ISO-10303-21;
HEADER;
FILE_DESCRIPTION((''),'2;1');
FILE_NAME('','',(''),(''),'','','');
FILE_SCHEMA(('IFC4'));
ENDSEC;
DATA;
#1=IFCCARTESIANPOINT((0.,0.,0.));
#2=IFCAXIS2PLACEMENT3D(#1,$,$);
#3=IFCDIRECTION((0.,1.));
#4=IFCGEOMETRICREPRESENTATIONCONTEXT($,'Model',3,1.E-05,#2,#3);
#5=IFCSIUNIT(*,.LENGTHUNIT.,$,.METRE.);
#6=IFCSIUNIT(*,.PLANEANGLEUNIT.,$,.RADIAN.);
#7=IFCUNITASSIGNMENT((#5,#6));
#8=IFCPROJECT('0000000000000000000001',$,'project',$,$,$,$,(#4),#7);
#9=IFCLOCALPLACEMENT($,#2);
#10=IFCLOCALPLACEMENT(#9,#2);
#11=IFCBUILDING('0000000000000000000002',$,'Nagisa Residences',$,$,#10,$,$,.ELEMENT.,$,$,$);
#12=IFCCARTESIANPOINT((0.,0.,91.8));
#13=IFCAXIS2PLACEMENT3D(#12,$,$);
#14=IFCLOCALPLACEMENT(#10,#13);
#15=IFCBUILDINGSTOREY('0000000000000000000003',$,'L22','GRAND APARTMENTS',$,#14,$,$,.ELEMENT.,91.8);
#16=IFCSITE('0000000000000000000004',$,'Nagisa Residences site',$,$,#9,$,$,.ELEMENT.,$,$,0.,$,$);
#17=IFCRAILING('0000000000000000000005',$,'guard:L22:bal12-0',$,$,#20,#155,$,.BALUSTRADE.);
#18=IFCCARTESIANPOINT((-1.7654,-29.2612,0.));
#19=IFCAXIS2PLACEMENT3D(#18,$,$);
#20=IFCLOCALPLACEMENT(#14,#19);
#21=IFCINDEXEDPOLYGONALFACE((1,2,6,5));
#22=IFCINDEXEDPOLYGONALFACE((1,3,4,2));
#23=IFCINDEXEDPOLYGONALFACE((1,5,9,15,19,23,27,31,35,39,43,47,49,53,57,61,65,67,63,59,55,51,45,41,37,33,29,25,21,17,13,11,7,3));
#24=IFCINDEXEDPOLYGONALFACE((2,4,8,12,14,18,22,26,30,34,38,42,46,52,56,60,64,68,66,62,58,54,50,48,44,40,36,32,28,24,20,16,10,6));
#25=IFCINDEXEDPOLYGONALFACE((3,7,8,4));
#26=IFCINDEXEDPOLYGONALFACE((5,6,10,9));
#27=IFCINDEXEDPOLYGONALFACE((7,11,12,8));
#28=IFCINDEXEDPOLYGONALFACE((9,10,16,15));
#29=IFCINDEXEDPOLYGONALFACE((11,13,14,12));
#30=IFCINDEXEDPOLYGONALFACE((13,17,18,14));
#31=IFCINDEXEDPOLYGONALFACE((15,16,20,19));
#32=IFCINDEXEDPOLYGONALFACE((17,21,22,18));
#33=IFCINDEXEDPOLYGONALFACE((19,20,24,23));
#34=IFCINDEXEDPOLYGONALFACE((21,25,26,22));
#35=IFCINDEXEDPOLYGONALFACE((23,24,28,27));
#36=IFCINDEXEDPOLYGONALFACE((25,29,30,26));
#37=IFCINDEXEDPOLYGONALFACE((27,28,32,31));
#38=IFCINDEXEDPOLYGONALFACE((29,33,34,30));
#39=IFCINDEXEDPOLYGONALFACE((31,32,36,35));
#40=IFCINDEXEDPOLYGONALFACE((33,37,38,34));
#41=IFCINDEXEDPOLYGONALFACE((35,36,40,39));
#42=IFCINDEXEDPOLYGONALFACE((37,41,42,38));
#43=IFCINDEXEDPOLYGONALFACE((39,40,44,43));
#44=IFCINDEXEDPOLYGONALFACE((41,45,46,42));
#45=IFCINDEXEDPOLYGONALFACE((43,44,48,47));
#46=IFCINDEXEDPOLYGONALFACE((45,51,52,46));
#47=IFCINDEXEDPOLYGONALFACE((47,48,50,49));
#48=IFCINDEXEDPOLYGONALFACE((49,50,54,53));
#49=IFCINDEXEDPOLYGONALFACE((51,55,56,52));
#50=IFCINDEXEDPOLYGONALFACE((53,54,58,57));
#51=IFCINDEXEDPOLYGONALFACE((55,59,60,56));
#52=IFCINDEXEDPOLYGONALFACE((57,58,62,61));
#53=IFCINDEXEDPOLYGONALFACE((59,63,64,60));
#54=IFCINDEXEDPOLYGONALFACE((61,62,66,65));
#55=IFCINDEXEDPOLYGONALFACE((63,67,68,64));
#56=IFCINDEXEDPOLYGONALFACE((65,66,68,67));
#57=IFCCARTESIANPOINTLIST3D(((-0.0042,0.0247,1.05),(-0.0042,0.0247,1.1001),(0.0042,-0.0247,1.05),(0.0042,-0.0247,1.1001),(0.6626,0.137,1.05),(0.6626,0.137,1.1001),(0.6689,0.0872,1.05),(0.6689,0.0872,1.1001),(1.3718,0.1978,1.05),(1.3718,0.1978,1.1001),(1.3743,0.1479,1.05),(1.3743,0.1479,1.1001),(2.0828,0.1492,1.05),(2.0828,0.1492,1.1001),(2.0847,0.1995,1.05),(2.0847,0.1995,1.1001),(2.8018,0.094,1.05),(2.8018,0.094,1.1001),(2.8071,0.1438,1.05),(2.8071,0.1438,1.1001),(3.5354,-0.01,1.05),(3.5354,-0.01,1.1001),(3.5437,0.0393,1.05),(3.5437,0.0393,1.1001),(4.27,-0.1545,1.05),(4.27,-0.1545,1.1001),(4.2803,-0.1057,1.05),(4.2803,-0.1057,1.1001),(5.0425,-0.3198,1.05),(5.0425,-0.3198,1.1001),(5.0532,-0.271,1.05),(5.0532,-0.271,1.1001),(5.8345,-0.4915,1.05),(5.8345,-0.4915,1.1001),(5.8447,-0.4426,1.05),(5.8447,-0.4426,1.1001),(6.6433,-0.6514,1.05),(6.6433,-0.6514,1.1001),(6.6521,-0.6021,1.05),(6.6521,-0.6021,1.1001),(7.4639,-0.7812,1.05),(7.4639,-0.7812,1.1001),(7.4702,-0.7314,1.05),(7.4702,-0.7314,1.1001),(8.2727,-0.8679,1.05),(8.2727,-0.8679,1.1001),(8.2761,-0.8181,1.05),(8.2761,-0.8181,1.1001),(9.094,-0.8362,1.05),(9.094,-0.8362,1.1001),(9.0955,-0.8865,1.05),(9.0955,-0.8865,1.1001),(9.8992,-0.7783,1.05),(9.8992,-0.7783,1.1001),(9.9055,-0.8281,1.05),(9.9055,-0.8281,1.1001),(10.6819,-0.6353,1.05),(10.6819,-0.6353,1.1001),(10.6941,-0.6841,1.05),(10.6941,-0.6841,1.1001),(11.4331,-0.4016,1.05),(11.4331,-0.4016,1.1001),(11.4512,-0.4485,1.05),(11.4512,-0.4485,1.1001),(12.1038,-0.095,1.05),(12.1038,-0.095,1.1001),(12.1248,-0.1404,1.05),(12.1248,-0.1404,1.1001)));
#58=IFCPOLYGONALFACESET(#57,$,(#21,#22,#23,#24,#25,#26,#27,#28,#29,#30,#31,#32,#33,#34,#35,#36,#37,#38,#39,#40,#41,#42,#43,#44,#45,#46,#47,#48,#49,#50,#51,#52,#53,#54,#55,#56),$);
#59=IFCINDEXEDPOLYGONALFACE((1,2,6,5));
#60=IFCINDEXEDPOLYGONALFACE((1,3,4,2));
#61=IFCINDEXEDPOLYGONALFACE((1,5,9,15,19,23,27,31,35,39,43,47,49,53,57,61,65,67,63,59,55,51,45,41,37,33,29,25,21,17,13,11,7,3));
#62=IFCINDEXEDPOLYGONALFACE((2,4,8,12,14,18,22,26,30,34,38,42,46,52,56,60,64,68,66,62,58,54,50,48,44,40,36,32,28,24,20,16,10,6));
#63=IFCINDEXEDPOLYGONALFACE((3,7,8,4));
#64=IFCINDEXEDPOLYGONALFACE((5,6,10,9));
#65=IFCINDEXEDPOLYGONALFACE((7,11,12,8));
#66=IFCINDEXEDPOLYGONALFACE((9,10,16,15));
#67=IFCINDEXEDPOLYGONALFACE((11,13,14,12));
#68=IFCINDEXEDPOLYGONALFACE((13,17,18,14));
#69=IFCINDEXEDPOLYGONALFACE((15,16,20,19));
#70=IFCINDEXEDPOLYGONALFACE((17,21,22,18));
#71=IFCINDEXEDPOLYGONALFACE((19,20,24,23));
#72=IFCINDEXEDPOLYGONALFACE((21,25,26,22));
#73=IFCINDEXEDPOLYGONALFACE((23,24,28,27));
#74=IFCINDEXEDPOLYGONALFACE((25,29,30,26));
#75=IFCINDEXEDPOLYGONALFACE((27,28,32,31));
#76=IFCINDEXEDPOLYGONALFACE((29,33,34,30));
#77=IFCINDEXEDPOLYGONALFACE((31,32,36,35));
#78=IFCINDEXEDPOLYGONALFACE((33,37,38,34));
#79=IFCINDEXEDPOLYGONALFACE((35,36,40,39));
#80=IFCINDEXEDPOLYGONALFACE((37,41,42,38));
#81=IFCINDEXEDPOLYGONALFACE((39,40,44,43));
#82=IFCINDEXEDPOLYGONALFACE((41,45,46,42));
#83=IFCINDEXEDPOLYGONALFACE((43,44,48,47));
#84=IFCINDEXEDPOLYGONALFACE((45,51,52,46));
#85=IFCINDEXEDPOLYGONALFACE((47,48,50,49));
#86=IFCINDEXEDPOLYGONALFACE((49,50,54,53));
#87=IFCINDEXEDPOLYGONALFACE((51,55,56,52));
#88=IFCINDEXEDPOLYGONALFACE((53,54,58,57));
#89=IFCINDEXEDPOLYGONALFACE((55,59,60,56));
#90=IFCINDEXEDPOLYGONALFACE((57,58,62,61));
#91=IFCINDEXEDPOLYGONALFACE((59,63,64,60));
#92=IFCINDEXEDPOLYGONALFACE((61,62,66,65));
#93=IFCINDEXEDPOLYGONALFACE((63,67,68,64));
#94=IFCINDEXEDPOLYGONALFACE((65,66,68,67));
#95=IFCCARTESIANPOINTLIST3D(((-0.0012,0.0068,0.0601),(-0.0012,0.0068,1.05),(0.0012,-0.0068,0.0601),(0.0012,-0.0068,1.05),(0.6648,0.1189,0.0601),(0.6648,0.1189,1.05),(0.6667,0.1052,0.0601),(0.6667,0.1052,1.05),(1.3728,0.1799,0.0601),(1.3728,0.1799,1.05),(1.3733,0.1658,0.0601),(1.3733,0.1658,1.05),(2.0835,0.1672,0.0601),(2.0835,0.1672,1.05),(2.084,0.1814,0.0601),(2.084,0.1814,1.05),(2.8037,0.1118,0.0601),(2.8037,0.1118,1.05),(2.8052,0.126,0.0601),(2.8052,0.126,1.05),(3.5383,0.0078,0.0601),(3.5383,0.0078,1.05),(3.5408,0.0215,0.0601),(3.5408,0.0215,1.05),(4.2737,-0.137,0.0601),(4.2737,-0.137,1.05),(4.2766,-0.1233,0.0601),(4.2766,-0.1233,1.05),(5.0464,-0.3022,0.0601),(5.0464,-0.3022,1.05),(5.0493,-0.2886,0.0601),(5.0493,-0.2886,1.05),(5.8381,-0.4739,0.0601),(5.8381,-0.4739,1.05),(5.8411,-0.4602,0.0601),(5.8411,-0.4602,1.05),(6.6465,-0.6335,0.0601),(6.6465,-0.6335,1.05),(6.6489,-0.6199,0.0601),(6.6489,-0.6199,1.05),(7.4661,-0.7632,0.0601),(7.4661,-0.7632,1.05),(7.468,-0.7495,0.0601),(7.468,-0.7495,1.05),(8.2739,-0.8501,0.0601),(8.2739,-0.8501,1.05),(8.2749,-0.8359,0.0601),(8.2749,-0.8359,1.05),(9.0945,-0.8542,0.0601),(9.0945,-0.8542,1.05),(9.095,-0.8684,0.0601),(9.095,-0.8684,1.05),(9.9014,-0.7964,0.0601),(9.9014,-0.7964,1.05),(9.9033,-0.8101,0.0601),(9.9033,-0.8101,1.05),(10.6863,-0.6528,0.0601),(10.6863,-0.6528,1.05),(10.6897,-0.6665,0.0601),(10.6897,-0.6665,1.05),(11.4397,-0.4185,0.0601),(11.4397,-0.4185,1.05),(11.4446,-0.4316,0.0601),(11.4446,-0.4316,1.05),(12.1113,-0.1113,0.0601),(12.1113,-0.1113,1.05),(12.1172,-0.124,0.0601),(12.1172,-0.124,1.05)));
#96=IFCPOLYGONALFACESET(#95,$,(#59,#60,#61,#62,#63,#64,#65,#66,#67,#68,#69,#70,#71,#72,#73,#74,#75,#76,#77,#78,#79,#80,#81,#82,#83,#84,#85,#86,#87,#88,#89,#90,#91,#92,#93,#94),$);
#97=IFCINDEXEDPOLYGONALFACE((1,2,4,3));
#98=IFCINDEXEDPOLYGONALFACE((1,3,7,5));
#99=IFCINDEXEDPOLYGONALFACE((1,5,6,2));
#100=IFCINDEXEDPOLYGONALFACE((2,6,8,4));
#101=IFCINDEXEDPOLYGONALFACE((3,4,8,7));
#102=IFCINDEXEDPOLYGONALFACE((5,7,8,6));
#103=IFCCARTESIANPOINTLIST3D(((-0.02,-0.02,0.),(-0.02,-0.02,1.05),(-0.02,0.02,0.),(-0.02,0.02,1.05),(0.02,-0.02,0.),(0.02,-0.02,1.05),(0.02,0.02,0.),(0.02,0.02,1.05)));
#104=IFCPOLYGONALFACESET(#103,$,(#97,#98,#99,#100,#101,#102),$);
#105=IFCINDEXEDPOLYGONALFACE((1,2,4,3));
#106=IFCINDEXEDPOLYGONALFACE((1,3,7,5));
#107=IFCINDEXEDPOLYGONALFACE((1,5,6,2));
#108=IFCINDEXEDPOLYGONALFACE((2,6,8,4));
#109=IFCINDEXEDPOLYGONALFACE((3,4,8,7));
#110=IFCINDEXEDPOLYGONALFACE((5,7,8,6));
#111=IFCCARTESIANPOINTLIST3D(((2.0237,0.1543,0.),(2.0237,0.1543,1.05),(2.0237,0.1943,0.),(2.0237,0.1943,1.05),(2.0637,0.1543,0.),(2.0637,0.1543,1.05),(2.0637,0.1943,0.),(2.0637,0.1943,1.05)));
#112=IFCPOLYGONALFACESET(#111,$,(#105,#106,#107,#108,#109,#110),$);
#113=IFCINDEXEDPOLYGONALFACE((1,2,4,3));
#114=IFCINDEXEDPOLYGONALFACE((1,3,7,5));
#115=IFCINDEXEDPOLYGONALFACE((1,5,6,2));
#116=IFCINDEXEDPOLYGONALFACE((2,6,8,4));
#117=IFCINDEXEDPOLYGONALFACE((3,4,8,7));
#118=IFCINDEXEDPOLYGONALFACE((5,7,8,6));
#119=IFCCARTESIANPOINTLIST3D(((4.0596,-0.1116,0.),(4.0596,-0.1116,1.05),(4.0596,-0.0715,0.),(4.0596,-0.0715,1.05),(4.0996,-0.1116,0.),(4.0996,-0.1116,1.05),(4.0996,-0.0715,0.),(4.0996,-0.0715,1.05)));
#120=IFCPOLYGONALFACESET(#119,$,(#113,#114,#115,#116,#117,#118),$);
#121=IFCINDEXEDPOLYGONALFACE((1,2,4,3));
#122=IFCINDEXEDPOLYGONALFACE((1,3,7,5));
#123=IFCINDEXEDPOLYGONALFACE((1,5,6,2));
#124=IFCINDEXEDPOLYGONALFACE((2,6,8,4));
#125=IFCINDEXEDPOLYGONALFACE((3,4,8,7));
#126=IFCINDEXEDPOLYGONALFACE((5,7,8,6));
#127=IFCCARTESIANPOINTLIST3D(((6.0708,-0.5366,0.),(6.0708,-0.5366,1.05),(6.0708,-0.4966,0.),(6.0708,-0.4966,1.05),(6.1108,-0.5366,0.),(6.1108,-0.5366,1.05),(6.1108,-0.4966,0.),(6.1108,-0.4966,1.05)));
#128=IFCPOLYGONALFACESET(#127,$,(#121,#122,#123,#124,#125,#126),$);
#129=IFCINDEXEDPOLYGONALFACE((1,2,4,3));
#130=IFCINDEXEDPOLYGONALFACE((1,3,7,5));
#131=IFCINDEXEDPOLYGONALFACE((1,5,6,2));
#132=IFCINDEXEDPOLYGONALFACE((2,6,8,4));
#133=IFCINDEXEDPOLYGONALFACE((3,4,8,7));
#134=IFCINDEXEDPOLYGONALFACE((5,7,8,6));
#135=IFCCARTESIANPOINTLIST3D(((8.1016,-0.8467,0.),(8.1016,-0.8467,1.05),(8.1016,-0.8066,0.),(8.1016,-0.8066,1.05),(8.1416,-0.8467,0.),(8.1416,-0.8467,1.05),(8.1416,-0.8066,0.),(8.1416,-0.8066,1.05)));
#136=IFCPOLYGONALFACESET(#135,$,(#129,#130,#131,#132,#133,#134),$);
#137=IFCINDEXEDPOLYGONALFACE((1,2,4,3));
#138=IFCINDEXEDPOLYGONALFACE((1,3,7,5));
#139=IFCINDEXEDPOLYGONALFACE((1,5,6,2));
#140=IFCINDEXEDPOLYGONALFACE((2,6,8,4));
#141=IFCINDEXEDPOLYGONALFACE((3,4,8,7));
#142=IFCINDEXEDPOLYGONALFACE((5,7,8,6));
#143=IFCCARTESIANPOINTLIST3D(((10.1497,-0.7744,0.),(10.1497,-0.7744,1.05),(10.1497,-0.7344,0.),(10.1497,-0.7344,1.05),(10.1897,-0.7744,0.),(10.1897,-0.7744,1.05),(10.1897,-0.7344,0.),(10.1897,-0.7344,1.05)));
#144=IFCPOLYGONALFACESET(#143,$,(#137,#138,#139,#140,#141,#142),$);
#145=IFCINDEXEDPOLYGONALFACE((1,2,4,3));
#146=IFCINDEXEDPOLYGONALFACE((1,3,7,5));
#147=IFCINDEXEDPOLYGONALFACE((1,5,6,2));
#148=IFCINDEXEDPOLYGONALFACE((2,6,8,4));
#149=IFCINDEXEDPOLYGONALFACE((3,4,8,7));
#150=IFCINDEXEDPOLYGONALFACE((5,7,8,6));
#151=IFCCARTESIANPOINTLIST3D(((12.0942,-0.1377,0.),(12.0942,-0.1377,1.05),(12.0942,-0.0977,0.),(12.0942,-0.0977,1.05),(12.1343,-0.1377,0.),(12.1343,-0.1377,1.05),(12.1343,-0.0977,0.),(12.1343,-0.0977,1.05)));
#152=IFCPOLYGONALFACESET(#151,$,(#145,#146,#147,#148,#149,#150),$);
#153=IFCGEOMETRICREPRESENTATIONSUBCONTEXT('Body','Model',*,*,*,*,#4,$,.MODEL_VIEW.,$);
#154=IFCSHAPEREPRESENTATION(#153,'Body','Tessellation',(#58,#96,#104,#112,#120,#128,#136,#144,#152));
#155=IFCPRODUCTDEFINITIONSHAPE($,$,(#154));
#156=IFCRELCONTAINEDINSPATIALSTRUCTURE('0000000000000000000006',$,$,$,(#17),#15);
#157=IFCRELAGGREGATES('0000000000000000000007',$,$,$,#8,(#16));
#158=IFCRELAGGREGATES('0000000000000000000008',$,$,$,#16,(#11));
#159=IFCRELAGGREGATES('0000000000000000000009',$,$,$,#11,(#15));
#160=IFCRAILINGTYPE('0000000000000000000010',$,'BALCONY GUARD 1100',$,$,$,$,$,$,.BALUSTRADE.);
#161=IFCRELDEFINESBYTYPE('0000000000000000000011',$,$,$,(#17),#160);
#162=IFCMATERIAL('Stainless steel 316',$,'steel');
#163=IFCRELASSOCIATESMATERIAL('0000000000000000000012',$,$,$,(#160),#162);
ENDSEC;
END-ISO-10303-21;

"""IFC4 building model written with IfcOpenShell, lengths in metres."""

from ifc_helpers import new_model, si_unit, direction, frame, origin, origin_2d, place, context, subcontext, project, spatial, polyline, rectangle, outline, extrude, material, type_object, element, save


model = new_model("IFC4")

# Units and contexts
model_context = context("Model", 3, precision=1e-05, world=origin(), true_north=direction((0.0, 1.0)))
body_context = subcontext(model_context, "Body", "Model", "MODEL_VIEW")
ifc_project = project(units=[si_unit("LENGTHUNIT", "METRE"), si_unit("PLANEANGLEUNIT", "RADIAN")], contexts=[model_context])

# Site, building, storey
site_placement = place(None, origin())
site = spatial("IfcSite", under=ifc_project, at=site_placement, Name="Nagisa Residences site", CompositionType="ELEMENT", RefElevation=0.0)
building_placement = place(site_placement, origin())
building = spatial("IfcBuilding", under=site, at=building_placement, Name="Nagisa Residences", CompositionType="ELEMENT")
storey_placement = place(building_placement, frame((0.0, 0.0, 91.8)))
storey = spatial("IfcBuildingStorey", under=building, at=storey_placement, Name="L22", Description="GRAND APARTMENTS", CompositionType="ELEMENT", Elevation=91.8)

# Railing
ifc_material_1 = material(Name="Stainless steel 316", Category="steel")
railing_type = type_object("IfcRailingType", Name="BALCONY GUARD 1100", PredefinedType="BALUSTRADE", material=ifc_material_1)
railing_placement = place(storey_placement, frame((-1.7654, -29.2612, 0.0)))
element("IfcRailing", 1, at=railing_placement, inside=storey, type_object=railing_type, Name="guard:L22:bal12-0", PredefinedType="BALUSTRADE", context=body_context, shape_type="SweptSolid", body=[
    extrude(outline(polyline([(0.6626, 0.137), (-0.0042, 0.0247), (0.0042, -0.0247), (0.6689, 0.0872), (1.3743, 0.1479), (2.0828, 0.1492), (2.8018, 0.094), (3.5354, -0.01), (4.27, -0.1545), (5.0425, -0.3198), (5.8345, -0.4915), (6.6433, -0.6514), (7.4639, -0.7812), (8.2727, -0.8679), (9.0955, -0.8865), (9.9055, -0.8281), (10.6941, -0.6841), (11.4512, -0.4485), (12.1248, -0.1404), (12.1038, -0.095), (11.4331, -0.4016), (10.6819, -0.6353), (9.8992, -0.7783), (9.094, -0.8362), (8.2761, -0.8181), (7.4702, -0.7314), (6.6521, -0.6021), (5.8447, -0.4426), (5.0532, -0.271), (4.2803, -0.1057), (3.5437, 0.0393), (2.8071, 0.1438), (2.0847, 0.1995), (1.3718, 0.1978), (0.6626, 0.137)])), frame((0.0, 0.0, 1.05)), (0.0, 0.0, 1.0), 0.05),
    extrude(outline(polyline([(0.6648, 0.1189), (-0.0012, 0.0068), (0.0012, -0.0068), (0.6667, 0.1052), (1.3733, 0.1658), (2.0835, 0.1672), (2.8037, 0.1118), (3.5383, 0.0078), (4.2737, -0.137), (5.0464, -0.3022), (5.8381, -0.4739), (6.6465, -0.6335), (7.4661, -0.7632), (8.2739, -0.8501), (9.095, -0.8684), (9.9033, -0.8101), (10.6897, -0.6665), (11.4446, -0.4316), (12.1172, -0.124), (12.1113, -0.1113), (11.4397, -0.4185), (10.6863, -0.6528), (9.9014, -0.7964), (9.0945, -0.8542), (8.2749, -0.8359), (7.468, -0.7495), (6.6489, -0.6199), (5.8411, -0.4602), (5.0493, -0.2886), (4.2766, -0.1233), (3.5408, 0.0215), (2.8052, 0.126), (2.084, 0.1814), (1.3728, 0.1799), (0.6648, 0.1189)])), frame((0.0, 0.0, 0.0601)), (0.0, 0.0, 1.0), 0.99),
    extrude(rectangle(XDim=0.04, YDim=0.04, at=origin_2d()), origin(), (0.0, 0.0, 1.0), 1.05),
    extrude(rectangle(XDim=0.04, YDim=0.04, at=origin_2d()), frame((2.0437, 0.1743, 0.0)), (0.0, 0.0, 1.0), 1.05),
    extrude(rectangle(XDim=0.04, YDim=0.04, at=origin_2d()), frame((4.0796, -0.0916, 0.0)), (0.0, 0.0, 1.0), 1.05),
    extrude(rectangle(XDim=0.04, YDim=0.04, at=origin_2d()), frame((6.0908, -0.5166, 0.0)), (0.0, 0.0, 1.0), 1.05),
    extrude(rectangle(XDim=0.04, YDim=0.04, at=origin_2d()), frame((8.1216, -0.8267, 0.0)), (0.0, 0.0, 1.0), 1.05),
    extrude(rectangle(XDim=0.04, YDim=0.04, at=origin_2d()), frame((10.1697, -0.7544, 0.0)), (0.0, 0.0, 1.0), 1.05),
    extrude(rectangle(XDim=0.04, YDim=0.04, at=origin_2d()), frame((12.1143, -0.1177, 0.0)), (0.0, 0.0, 1.0), 1.05),
])

save(model, "model.ifc")
